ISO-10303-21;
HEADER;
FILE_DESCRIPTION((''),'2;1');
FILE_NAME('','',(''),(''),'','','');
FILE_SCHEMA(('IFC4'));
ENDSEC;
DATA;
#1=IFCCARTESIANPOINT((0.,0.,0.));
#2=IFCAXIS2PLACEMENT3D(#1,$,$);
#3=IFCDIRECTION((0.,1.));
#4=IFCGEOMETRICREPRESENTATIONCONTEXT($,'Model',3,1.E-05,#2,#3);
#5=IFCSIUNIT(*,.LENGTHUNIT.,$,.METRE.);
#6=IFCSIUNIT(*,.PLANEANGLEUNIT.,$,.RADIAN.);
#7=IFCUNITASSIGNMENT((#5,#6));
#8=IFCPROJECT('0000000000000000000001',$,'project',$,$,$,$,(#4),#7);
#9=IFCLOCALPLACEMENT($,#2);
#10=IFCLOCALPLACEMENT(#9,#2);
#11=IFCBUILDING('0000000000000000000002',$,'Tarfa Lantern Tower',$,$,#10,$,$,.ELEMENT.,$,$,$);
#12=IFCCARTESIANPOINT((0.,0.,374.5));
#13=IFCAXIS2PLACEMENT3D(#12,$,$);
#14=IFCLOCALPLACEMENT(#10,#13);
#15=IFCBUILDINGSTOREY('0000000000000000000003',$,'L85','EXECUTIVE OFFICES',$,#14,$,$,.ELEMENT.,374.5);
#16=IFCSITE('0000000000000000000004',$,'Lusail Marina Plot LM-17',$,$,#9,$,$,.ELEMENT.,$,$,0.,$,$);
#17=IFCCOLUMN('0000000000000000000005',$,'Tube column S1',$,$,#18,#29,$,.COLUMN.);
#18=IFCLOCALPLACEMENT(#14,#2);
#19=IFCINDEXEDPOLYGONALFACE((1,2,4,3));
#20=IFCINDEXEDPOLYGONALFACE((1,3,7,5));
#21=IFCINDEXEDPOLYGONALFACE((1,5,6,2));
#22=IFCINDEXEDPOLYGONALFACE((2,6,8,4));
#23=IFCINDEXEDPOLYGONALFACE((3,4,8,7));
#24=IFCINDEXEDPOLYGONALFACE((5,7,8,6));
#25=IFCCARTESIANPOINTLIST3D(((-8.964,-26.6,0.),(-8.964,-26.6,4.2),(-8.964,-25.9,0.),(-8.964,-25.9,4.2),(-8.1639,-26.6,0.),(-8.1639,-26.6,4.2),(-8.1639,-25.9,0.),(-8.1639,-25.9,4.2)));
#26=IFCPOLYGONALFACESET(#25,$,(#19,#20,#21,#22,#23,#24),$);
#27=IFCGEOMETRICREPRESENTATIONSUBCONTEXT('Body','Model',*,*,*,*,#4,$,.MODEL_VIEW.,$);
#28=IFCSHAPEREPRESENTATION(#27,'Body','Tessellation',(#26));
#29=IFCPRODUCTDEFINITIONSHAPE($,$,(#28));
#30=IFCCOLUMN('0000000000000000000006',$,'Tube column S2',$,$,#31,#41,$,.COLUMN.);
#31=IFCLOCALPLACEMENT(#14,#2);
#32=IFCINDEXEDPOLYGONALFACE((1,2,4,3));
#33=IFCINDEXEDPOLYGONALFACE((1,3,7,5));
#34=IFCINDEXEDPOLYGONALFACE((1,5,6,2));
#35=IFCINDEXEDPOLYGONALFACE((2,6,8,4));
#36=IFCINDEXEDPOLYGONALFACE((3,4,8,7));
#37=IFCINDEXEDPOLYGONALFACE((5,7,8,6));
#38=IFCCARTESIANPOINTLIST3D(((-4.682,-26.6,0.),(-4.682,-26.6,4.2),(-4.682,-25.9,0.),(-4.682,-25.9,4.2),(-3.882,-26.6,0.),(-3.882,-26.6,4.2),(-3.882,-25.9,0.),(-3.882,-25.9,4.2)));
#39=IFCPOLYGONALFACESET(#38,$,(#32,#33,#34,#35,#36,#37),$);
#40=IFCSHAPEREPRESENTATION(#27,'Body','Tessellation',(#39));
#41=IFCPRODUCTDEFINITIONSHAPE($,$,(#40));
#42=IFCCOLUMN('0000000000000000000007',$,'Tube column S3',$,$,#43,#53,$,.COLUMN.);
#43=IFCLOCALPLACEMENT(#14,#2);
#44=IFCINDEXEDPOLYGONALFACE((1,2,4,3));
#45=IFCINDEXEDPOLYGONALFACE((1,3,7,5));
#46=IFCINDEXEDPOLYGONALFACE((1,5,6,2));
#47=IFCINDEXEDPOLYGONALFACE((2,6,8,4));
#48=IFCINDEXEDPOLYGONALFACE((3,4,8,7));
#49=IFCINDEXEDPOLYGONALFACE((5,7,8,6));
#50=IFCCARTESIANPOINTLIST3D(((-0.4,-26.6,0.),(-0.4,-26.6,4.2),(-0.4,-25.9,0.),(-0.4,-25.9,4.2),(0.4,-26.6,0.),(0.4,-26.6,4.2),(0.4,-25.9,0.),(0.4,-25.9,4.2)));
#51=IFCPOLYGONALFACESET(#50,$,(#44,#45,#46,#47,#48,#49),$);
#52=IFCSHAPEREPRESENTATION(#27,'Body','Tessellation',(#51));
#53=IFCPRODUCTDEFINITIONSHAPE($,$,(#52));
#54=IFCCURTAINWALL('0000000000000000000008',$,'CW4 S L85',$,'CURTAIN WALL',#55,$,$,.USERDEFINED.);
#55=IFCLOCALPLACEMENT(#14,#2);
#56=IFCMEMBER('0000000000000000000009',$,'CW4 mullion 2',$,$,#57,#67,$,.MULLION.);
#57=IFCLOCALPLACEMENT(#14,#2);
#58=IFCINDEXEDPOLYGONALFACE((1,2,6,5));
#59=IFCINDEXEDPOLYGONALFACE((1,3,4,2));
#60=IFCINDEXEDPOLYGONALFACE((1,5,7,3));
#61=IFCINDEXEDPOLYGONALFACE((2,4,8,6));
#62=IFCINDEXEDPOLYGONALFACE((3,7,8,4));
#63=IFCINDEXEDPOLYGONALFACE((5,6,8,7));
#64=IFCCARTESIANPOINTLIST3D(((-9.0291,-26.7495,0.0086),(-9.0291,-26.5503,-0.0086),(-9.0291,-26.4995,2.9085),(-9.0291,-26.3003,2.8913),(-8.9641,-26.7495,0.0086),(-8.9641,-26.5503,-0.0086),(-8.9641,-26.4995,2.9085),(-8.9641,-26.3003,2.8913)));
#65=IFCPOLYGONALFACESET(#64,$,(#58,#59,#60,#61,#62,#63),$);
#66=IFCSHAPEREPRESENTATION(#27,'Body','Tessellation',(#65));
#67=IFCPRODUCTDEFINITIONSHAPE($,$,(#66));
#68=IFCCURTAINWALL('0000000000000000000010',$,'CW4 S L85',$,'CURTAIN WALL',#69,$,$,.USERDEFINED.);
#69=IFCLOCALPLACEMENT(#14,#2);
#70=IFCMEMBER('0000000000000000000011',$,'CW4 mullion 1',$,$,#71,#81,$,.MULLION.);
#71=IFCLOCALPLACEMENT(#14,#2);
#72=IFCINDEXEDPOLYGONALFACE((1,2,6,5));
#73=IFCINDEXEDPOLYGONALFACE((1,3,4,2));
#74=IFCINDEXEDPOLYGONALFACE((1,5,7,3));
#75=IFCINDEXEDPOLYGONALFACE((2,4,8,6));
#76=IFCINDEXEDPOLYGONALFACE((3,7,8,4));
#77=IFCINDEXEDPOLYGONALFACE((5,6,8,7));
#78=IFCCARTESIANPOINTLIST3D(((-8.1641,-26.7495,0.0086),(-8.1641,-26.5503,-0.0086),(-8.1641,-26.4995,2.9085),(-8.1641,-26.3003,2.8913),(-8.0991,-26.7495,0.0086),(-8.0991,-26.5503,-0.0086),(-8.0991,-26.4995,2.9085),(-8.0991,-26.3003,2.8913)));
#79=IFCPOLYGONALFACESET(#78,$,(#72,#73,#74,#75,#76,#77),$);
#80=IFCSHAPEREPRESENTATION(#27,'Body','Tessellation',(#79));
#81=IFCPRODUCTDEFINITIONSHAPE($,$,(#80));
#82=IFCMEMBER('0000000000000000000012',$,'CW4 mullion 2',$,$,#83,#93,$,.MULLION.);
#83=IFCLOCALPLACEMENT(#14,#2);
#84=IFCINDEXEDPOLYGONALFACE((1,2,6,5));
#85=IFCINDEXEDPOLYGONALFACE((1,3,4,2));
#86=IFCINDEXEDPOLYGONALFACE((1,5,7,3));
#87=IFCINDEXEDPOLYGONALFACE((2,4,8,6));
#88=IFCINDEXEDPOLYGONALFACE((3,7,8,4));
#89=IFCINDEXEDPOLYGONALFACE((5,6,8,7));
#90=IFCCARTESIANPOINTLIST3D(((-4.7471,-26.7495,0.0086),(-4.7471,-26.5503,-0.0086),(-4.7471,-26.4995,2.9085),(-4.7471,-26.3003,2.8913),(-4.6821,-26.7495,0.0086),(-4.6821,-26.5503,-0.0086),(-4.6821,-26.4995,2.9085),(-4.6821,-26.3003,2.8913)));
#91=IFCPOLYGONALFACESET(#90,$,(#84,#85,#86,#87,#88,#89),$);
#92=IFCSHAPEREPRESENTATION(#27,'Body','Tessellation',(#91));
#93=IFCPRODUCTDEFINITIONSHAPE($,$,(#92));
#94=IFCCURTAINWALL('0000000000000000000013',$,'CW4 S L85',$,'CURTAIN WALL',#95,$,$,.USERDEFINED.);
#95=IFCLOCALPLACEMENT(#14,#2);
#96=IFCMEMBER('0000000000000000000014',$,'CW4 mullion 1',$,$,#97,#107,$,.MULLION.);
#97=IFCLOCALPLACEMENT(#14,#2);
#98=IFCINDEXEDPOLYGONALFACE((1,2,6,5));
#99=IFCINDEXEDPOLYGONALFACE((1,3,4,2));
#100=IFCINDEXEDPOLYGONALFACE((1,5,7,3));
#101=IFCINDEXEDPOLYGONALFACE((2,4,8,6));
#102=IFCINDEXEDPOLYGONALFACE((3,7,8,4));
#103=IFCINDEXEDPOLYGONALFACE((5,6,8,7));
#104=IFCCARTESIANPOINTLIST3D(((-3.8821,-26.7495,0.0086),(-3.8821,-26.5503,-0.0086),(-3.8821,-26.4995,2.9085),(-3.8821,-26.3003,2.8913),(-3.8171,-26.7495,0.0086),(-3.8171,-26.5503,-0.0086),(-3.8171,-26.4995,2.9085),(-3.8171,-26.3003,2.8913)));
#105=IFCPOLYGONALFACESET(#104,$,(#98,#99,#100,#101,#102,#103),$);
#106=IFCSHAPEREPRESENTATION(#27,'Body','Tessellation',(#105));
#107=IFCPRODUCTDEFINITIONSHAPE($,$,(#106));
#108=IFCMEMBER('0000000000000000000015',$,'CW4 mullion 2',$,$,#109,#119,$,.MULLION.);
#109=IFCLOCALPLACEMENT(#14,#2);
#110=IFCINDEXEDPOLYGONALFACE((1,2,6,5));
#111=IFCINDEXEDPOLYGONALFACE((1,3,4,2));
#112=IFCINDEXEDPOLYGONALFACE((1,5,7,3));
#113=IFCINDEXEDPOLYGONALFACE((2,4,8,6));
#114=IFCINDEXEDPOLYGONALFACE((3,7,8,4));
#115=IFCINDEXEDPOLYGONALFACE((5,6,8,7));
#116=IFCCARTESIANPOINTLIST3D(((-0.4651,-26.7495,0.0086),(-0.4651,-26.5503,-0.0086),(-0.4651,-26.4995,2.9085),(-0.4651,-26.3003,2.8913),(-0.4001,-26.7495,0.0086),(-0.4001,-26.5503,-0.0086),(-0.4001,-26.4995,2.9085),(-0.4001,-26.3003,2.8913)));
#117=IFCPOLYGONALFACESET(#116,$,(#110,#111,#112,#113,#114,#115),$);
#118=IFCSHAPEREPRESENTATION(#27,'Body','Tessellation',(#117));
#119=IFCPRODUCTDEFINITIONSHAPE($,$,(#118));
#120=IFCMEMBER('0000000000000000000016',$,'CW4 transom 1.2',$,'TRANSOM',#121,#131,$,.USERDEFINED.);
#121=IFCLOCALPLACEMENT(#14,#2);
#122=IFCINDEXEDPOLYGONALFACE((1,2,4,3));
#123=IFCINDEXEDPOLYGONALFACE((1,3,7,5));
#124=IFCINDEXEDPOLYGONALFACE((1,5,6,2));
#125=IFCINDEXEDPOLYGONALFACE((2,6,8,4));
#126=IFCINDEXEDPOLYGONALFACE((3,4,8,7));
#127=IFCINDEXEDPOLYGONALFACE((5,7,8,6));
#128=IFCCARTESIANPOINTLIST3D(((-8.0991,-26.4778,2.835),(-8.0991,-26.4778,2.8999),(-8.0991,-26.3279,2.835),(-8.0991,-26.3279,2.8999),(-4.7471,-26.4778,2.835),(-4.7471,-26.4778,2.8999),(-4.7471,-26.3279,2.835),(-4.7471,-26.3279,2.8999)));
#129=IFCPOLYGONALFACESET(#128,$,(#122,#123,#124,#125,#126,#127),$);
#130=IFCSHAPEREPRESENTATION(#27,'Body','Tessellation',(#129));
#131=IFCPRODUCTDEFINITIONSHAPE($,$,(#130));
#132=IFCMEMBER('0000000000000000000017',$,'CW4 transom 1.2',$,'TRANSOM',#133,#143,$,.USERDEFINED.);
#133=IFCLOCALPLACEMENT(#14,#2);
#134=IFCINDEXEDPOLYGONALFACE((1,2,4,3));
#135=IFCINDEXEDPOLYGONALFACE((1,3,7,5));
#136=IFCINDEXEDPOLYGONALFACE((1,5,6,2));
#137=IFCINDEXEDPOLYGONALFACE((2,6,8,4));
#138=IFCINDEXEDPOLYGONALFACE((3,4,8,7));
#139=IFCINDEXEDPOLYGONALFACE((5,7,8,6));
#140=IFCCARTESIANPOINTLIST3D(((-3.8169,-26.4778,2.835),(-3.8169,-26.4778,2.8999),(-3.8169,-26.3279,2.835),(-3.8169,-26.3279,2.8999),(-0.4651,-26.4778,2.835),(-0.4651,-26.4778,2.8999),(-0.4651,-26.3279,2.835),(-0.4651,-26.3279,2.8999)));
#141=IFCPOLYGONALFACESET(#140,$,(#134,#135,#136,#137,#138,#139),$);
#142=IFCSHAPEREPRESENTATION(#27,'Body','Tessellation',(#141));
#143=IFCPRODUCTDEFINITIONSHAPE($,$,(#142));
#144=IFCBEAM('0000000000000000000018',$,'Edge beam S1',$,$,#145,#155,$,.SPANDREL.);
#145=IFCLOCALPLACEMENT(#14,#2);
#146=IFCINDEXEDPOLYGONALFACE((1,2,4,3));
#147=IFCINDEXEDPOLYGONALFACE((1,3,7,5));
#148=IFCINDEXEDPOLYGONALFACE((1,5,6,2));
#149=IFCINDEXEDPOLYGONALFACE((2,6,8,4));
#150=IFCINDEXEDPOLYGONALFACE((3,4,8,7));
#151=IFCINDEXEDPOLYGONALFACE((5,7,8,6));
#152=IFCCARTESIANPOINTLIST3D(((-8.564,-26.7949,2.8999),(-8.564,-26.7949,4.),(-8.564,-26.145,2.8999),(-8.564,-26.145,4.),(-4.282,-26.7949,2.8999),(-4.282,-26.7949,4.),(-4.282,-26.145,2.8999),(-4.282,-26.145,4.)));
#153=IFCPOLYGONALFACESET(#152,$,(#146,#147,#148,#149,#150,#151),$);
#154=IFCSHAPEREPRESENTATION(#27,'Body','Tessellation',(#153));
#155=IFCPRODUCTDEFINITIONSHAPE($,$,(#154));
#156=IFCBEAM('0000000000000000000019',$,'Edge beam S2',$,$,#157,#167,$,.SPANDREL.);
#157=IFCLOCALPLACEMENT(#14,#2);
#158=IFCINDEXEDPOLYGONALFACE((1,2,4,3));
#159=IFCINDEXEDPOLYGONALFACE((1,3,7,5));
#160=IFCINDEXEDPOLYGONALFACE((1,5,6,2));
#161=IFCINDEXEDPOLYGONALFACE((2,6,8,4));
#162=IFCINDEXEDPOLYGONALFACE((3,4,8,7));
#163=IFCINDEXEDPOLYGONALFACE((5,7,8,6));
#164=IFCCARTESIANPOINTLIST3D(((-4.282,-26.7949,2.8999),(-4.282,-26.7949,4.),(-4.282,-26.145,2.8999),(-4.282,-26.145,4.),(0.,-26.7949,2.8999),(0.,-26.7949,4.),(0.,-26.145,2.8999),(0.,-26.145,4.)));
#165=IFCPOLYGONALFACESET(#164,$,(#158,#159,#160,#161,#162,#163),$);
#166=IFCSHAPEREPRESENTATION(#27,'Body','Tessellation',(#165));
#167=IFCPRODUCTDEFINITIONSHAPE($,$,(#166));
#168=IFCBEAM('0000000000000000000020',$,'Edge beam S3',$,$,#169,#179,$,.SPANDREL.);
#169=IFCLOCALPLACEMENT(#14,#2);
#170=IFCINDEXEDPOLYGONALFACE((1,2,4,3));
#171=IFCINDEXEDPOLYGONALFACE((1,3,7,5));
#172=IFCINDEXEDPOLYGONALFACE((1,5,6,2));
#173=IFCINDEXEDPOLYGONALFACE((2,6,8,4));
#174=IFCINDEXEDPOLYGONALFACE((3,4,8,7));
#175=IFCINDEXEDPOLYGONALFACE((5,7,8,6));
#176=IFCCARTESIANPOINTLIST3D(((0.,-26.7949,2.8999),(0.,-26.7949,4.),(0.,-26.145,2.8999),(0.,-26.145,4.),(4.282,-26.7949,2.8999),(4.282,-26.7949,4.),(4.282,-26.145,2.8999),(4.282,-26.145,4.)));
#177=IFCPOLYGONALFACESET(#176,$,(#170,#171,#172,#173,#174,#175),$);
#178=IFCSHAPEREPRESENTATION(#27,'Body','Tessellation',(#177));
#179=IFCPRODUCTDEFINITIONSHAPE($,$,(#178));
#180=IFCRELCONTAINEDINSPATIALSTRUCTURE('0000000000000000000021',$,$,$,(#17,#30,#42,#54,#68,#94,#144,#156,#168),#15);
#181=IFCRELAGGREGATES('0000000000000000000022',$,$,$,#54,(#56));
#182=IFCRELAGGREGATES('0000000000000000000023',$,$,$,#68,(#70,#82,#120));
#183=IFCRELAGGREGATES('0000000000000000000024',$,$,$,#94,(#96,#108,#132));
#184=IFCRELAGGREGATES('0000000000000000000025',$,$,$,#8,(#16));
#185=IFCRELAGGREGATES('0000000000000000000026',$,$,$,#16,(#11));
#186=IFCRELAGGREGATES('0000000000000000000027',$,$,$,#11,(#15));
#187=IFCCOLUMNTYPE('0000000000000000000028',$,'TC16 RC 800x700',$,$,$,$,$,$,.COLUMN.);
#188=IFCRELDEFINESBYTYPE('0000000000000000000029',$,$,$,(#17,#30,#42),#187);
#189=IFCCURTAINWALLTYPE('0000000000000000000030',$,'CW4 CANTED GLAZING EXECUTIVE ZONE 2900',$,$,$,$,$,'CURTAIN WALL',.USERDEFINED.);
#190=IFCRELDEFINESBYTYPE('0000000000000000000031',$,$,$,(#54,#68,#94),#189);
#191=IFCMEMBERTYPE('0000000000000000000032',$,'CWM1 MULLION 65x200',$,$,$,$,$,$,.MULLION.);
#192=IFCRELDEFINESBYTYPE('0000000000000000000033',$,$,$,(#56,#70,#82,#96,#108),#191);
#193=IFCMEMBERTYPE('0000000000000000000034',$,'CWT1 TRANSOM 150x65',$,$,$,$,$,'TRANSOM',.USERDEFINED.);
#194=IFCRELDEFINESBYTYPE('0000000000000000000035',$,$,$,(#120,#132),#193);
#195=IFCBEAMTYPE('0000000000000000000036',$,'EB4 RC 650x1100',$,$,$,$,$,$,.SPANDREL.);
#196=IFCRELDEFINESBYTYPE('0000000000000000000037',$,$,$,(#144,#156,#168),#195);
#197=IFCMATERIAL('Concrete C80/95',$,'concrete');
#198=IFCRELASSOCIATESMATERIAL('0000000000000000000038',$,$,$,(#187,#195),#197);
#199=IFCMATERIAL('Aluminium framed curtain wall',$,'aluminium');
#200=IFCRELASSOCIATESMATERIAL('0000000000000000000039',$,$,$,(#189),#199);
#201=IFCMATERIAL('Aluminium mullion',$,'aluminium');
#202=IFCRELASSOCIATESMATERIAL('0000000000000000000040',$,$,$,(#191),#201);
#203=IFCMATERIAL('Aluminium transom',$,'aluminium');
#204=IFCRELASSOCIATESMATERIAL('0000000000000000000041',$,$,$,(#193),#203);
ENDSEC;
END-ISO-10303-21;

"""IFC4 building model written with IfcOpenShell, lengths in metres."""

from ifc_helpers import new_model, si_unit, direction, frame, origin, origin_2d, place, context, subcontext, project, spatial, rectangle, extrude, material, material_profile, profile_set, type_object, element, aggregate, save


model = new_model("IFC4")

# Units and contexts
model_context = context("Model", 3, precision=1e-05, world=origin(), true_north=direction((0.0, 1.0)))
body_context = subcontext(model_context, "Body", "Model", "MODEL_VIEW")
ifc_project = project(units=[si_unit("LENGTHUNIT", "METRE"), si_unit("PLANEANGLEUNIT", "RADIAN")], contexts=[model_context])

# Site, building, storey
site_placement = place(None, origin())
site = spatial("IfcSite", under=ifc_project, at=site_placement, Name="Lusail Marina Plot LM-17", CompositionType="ELEMENT", RefElevation=0.0)
building_placement = place(site_placement, origin())
building = spatial("IfcBuilding", under=site, at=building_placement, Name="Tarfa Lantern Tower", CompositionType="ELEMENT")
storey_placement = place(building_placement, frame((0.0, 0.0, 374.5)))
storey = spatial("IfcBuildingStorey", under=building, at=storey_placement, Name="L85", Description="EXECUTIVE OFFICES", CompositionType="ELEMENT", Elevation=374.5)

# Columns
ifc_material_1 = material(Name="Concrete C80/95", Category="concrete")
ifc_material_profile_1 = material_profile(ifc_material_1, rectangle(XDim=0.8, YDim=0.7, at=origin_2d()), Name="RC 800x700")
ifc_profile_set_1 = profile_set([ifc_material_profile_1], Name="Concrete C80/95")
column_type = type_object("IfcColumnType", Name="TC16 RC 800x700", PredefinedType="COLUMN", material=ifc_profile_set_1)
for number, where, z_axis, x_axis, name in (
    (1, (-8.564, -26.25, 0.0), (0.0, 0.0, 1.0), (1.0, 0.0, 0.0), "Tube column S1"),
    (2, (-4.282, -26.25, 0.0), (0.0, 0.0, 1.0), (1.0, 0.0, 0.0), "Tube column S2"),
    (3, (0.0, -26.25, 0.0), (0.0, 0.0, 1.0), (1.0, 0.0, 0.0), "Tube column S3"),
):
    element("IfcColumn", number, at=place(storey_placement, frame(where, z_axis=z_axis, x_axis=x_axis)), inside=storey, type_object=column_type, Name=name, PredefinedType="COLUMN", context=body_context, shape_type="SweptSolid", body=[
        extrude(rectangle(XDim=0.8, YDim=0.7, at=origin_2d()), origin(), (0.0, 0.0, 1.0), 4.2),
    ])

# Curtain wall, member
ifc_material_2 = material(Name="Aluminium framed curtain wall", Category="aluminium")
curtain_wall_type = type_object("IfcCurtainWallType", Name="CW4 CANTED GLAZING EXECUTIVE ZONE 2900", ElementType="CURTAIN WALL", PredefinedType="USERDEFINED", material=ifc_material_2)
curtain_wall_1_placement = place(storey_placement, origin())
curtain_wall_1 = element("IfcCurtainWall", 4, at=curtain_wall_1_placement, inside=storey, type_object=curtain_wall_type, Name="CW4 S L85", ObjectType="CURTAIN WALL", PredefinedType="USERDEFINED")
ifc_material_3 = material(Name="Aluminium mullion", Category="aluminium")
ifc_material_profile_2 = material_profile(ifc_material_3, rectangle(XDim=0.0649, YDim=0.2, at=origin_2d()), Name="AL MULLION 65x200")
ifc_profile_set_2 = profile_set([ifc_material_profile_2], Name="Aluminium mullion")
member_type_1 = type_object("IfcMemberType", Name="CWM1 MULLION 65x200", PredefinedType="MULLION", material=ifc_profile_set_2)
member_1_placement = place(storey_placement, frame((-8.9966, -26.6499, 0.0), z_axis=(0.0, 0.085891, 0.996305), x_axis=(-1.0, 0.0, 0.0)))
member_1 = element("IfcMember", 5, at=member_1_placement, type_object=member_type_1, Name="CW4 mullion 2", PredefinedType="MULLION", context=body_context, shape_type="SweptSolid", body=[
    extrude(rectangle(XDim=0.0649, YDim=0.2, at=origin_2d()), origin(), (0.0, 0.0, 1.0), 2.9106),
])
aggregate(curtain_wall_1, [member_1])

# Curtain walls, members
curtain_wall_2_placement = place(storey_placement, origin())
curtain_wall_2 = element("IfcCurtainWall", 6, at=curtain_wall_2_placement, inside=storey, type_object=curtain_wall_type, Name="CW4 S L85", ObjectType="CURTAIN WALL", PredefinedType="USERDEFINED")
member_2_placement = place(storey_placement, frame((-8.1316, -26.6499, 0.0), z_axis=(0.0, 0.085891, 0.996305), x_axis=(-1.0, 0.0, 0.0)))
member_2 = element("IfcMember", 7, at=member_2_placement, type_object=member_type_1, Name="CW4 mullion 1", PredefinedType="MULLION", context=body_context, shape_type="SweptSolid", body=[
    extrude(rectangle(XDim=0.0649, YDim=0.2, at=origin_2d()), origin(), (0.0, 0.0, 1.0), 2.9106),
])
member_3_placement = place(storey_placement, frame((-4.7146, -26.6499, 0.0), z_axis=(0.0, 0.085891, 0.996305), x_axis=(-1.0, 0.0, 0.0)))
member_3 = element("IfcMember", 8, at=member_3_placement, type_object=member_type_1, Name="CW4 mullion 2", PredefinedType="MULLION", context=body_context, shape_type="SweptSolid", body=[
    extrude(rectangle(XDim=0.0649, YDim=0.2, at=origin_2d()), origin(), (0.0, 0.0, 1.0), 2.9106),
])
curtain_wall_3_placement = place(storey_placement, origin())
curtain_wall_3 = element("IfcCurtainWall", 9, at=curtain_wall_3_placement, inside=storey, type_object=curtain_wall_type, Name="CW4 S L85", ObjectType="CURTAIN WALL", PredefinedType="USERDEFINED")
member_4_placement = place(storey_placement, frame((-3.8496, -26.6499, 0.0), z_axis=(0.0, 0.085891, 0.996305), x_axis=(-1.0, 0.0, 0.0)))
member_4 = element("IfcMember", 10, at=member_4_placement, type_object=member_type_1, Name="CW4 mullion 1", PredefinedType="MULLION", context=body_context, shape_type="SweptSolid", body=[
    extrude(rectangle(XDim=0.0649, YDim=0.2, at=origin_2d()), origin(), (0.0, 0.0, 1.0), 2.9106),
])
member_5_placement = place(storey_placement, frame((-0.4326, -26.6499, 0.0), z_axis=(0.0, 0.085891, 0.996305), x_axis=(-1.0, 0.0, 0.0)))
member_5 = element("IfcMember", 11, at=member_5_placement, type_object=member_type_1, Name="CW4 mullion 2", PredefinedType="MULLION", context=body_context, shape_type="SweptSolid", body=[
    extrude(rectangle(XDim=0.0649, YDim=0.2, at=origin_2d()), origin(), (0.0, 0.0, 1.0), 2.9106),
])

# Members
ifc_material_4 = material(Name="Aluminium transom", Category="aluminium")
ifc_material_profile_3 = material_profile(ifc_material_4, rectangle(XDim=0.1499, YDim=0.0649, at=origin_2d()), Name="AL TRANSOM 150x65")
ifc_profile_set_3 = profile_set([ifc_material_profile_3], Name="Aluminium transom")
member_type_2 = type_object("IfcMemberType", Name="CWT1 TRANSOM 150x65", ElementType="TRANSOM", PredefinedType="USERDEFINED", material=ifc_profile_set_3)
member_6_placement = place(storey_placement, frame((-8.0991, -26.4028, 2.8674), z_axis=(1.0, 0.0, 0.0), x_axis=(0.0, 1.0, 0.0)))
member_6 = element("IfcMember", 12, at=member_6_placement, type_object=member_type_2, Name="CW4 transom 1.2", ObjectType="TRANSOM", PredefinedType="USERDEFINED", context=body_context, shape_type="SweptSolid", body=[
    extrude(rectangle(XDim=0.1499, YDim=0.0649, at=origin_2d()), origin(), (0.0, 0.0, 1.0), 3.3521),
])
member_7_placement = place(storey_placement, frame((-3.8169, -26.4028, 2.8674), z_axis=(1.0, 0.0, 0.0), x_axis=(0.0, 1.0, 0.0)))
member_7 = element("IfcMember", 13, at=member_7_placement, type_object=member_type_2, Name="CW4 transom 1.2", ObjectType="TRANSOM", PredefinedType="USERDEFINED", context=body_context, shape_type="SweptSolid", body=[
    extrude(rectangle(XDim=0.1499, YDim=0.0649, at=origin_2d()), origin(), (0.0, 0.0, 1.0), 3.3518),
])

# Beams
ifc_material_profile_4 = material_profile(ifc_material_1, rectangle(XDim=0.6499, YDim=1.1001, at=origin_2d()), Name="RC 650x1100")
ifc_profile_set_4 = profile_set([ifc_material_profile_4], Name="Concrete C80/95")
beam_type_1 = type_object("IfcBeamType", Name="EB4 RC 650x1100", PredefinedType="SPANDREL", material=ifc_profile_set_4)
for number, where, z_axis, x_axis, name in (
    (14, (-8.564, -26.47, 3.45), (1.0, 0.0, 0.0), (0.0, 1.0, 0.0), "Edge beam S1"),
    (15, (-4.282, -26.47, 3.45), (1.0, 0.0, 0.0), (0.0, 1.0, 0.0), "Edge beam S2"),
    (16, (0.0, -26.47, 3.45), (1.0, 0.0, 0.0), (0.0, 1.0, 0.0), "Edge beam S3"),
):
    element("IfcBeam", number, at=place(storey_placement, frame(where, z_axis=z_axis, x_axis=x_axis)), inside=storey, type_object=beam_type_1, Name=name, PredefinedType="SPANDREL", context=body_context, shape_type="SweptSolid", body=[
        extrude(rectangle(XDim=0.6499, YDim=1.1001, at=origin_2d()), origin(), (0.0, 0.0, 1.0), 4.282),
    ])

aggregate(curtain_wall_2, [member_2, member_3, member_6])
aggregate(curtain_wall_3, [member_4, member_5, member_7])

save(model, "model.ifc")
